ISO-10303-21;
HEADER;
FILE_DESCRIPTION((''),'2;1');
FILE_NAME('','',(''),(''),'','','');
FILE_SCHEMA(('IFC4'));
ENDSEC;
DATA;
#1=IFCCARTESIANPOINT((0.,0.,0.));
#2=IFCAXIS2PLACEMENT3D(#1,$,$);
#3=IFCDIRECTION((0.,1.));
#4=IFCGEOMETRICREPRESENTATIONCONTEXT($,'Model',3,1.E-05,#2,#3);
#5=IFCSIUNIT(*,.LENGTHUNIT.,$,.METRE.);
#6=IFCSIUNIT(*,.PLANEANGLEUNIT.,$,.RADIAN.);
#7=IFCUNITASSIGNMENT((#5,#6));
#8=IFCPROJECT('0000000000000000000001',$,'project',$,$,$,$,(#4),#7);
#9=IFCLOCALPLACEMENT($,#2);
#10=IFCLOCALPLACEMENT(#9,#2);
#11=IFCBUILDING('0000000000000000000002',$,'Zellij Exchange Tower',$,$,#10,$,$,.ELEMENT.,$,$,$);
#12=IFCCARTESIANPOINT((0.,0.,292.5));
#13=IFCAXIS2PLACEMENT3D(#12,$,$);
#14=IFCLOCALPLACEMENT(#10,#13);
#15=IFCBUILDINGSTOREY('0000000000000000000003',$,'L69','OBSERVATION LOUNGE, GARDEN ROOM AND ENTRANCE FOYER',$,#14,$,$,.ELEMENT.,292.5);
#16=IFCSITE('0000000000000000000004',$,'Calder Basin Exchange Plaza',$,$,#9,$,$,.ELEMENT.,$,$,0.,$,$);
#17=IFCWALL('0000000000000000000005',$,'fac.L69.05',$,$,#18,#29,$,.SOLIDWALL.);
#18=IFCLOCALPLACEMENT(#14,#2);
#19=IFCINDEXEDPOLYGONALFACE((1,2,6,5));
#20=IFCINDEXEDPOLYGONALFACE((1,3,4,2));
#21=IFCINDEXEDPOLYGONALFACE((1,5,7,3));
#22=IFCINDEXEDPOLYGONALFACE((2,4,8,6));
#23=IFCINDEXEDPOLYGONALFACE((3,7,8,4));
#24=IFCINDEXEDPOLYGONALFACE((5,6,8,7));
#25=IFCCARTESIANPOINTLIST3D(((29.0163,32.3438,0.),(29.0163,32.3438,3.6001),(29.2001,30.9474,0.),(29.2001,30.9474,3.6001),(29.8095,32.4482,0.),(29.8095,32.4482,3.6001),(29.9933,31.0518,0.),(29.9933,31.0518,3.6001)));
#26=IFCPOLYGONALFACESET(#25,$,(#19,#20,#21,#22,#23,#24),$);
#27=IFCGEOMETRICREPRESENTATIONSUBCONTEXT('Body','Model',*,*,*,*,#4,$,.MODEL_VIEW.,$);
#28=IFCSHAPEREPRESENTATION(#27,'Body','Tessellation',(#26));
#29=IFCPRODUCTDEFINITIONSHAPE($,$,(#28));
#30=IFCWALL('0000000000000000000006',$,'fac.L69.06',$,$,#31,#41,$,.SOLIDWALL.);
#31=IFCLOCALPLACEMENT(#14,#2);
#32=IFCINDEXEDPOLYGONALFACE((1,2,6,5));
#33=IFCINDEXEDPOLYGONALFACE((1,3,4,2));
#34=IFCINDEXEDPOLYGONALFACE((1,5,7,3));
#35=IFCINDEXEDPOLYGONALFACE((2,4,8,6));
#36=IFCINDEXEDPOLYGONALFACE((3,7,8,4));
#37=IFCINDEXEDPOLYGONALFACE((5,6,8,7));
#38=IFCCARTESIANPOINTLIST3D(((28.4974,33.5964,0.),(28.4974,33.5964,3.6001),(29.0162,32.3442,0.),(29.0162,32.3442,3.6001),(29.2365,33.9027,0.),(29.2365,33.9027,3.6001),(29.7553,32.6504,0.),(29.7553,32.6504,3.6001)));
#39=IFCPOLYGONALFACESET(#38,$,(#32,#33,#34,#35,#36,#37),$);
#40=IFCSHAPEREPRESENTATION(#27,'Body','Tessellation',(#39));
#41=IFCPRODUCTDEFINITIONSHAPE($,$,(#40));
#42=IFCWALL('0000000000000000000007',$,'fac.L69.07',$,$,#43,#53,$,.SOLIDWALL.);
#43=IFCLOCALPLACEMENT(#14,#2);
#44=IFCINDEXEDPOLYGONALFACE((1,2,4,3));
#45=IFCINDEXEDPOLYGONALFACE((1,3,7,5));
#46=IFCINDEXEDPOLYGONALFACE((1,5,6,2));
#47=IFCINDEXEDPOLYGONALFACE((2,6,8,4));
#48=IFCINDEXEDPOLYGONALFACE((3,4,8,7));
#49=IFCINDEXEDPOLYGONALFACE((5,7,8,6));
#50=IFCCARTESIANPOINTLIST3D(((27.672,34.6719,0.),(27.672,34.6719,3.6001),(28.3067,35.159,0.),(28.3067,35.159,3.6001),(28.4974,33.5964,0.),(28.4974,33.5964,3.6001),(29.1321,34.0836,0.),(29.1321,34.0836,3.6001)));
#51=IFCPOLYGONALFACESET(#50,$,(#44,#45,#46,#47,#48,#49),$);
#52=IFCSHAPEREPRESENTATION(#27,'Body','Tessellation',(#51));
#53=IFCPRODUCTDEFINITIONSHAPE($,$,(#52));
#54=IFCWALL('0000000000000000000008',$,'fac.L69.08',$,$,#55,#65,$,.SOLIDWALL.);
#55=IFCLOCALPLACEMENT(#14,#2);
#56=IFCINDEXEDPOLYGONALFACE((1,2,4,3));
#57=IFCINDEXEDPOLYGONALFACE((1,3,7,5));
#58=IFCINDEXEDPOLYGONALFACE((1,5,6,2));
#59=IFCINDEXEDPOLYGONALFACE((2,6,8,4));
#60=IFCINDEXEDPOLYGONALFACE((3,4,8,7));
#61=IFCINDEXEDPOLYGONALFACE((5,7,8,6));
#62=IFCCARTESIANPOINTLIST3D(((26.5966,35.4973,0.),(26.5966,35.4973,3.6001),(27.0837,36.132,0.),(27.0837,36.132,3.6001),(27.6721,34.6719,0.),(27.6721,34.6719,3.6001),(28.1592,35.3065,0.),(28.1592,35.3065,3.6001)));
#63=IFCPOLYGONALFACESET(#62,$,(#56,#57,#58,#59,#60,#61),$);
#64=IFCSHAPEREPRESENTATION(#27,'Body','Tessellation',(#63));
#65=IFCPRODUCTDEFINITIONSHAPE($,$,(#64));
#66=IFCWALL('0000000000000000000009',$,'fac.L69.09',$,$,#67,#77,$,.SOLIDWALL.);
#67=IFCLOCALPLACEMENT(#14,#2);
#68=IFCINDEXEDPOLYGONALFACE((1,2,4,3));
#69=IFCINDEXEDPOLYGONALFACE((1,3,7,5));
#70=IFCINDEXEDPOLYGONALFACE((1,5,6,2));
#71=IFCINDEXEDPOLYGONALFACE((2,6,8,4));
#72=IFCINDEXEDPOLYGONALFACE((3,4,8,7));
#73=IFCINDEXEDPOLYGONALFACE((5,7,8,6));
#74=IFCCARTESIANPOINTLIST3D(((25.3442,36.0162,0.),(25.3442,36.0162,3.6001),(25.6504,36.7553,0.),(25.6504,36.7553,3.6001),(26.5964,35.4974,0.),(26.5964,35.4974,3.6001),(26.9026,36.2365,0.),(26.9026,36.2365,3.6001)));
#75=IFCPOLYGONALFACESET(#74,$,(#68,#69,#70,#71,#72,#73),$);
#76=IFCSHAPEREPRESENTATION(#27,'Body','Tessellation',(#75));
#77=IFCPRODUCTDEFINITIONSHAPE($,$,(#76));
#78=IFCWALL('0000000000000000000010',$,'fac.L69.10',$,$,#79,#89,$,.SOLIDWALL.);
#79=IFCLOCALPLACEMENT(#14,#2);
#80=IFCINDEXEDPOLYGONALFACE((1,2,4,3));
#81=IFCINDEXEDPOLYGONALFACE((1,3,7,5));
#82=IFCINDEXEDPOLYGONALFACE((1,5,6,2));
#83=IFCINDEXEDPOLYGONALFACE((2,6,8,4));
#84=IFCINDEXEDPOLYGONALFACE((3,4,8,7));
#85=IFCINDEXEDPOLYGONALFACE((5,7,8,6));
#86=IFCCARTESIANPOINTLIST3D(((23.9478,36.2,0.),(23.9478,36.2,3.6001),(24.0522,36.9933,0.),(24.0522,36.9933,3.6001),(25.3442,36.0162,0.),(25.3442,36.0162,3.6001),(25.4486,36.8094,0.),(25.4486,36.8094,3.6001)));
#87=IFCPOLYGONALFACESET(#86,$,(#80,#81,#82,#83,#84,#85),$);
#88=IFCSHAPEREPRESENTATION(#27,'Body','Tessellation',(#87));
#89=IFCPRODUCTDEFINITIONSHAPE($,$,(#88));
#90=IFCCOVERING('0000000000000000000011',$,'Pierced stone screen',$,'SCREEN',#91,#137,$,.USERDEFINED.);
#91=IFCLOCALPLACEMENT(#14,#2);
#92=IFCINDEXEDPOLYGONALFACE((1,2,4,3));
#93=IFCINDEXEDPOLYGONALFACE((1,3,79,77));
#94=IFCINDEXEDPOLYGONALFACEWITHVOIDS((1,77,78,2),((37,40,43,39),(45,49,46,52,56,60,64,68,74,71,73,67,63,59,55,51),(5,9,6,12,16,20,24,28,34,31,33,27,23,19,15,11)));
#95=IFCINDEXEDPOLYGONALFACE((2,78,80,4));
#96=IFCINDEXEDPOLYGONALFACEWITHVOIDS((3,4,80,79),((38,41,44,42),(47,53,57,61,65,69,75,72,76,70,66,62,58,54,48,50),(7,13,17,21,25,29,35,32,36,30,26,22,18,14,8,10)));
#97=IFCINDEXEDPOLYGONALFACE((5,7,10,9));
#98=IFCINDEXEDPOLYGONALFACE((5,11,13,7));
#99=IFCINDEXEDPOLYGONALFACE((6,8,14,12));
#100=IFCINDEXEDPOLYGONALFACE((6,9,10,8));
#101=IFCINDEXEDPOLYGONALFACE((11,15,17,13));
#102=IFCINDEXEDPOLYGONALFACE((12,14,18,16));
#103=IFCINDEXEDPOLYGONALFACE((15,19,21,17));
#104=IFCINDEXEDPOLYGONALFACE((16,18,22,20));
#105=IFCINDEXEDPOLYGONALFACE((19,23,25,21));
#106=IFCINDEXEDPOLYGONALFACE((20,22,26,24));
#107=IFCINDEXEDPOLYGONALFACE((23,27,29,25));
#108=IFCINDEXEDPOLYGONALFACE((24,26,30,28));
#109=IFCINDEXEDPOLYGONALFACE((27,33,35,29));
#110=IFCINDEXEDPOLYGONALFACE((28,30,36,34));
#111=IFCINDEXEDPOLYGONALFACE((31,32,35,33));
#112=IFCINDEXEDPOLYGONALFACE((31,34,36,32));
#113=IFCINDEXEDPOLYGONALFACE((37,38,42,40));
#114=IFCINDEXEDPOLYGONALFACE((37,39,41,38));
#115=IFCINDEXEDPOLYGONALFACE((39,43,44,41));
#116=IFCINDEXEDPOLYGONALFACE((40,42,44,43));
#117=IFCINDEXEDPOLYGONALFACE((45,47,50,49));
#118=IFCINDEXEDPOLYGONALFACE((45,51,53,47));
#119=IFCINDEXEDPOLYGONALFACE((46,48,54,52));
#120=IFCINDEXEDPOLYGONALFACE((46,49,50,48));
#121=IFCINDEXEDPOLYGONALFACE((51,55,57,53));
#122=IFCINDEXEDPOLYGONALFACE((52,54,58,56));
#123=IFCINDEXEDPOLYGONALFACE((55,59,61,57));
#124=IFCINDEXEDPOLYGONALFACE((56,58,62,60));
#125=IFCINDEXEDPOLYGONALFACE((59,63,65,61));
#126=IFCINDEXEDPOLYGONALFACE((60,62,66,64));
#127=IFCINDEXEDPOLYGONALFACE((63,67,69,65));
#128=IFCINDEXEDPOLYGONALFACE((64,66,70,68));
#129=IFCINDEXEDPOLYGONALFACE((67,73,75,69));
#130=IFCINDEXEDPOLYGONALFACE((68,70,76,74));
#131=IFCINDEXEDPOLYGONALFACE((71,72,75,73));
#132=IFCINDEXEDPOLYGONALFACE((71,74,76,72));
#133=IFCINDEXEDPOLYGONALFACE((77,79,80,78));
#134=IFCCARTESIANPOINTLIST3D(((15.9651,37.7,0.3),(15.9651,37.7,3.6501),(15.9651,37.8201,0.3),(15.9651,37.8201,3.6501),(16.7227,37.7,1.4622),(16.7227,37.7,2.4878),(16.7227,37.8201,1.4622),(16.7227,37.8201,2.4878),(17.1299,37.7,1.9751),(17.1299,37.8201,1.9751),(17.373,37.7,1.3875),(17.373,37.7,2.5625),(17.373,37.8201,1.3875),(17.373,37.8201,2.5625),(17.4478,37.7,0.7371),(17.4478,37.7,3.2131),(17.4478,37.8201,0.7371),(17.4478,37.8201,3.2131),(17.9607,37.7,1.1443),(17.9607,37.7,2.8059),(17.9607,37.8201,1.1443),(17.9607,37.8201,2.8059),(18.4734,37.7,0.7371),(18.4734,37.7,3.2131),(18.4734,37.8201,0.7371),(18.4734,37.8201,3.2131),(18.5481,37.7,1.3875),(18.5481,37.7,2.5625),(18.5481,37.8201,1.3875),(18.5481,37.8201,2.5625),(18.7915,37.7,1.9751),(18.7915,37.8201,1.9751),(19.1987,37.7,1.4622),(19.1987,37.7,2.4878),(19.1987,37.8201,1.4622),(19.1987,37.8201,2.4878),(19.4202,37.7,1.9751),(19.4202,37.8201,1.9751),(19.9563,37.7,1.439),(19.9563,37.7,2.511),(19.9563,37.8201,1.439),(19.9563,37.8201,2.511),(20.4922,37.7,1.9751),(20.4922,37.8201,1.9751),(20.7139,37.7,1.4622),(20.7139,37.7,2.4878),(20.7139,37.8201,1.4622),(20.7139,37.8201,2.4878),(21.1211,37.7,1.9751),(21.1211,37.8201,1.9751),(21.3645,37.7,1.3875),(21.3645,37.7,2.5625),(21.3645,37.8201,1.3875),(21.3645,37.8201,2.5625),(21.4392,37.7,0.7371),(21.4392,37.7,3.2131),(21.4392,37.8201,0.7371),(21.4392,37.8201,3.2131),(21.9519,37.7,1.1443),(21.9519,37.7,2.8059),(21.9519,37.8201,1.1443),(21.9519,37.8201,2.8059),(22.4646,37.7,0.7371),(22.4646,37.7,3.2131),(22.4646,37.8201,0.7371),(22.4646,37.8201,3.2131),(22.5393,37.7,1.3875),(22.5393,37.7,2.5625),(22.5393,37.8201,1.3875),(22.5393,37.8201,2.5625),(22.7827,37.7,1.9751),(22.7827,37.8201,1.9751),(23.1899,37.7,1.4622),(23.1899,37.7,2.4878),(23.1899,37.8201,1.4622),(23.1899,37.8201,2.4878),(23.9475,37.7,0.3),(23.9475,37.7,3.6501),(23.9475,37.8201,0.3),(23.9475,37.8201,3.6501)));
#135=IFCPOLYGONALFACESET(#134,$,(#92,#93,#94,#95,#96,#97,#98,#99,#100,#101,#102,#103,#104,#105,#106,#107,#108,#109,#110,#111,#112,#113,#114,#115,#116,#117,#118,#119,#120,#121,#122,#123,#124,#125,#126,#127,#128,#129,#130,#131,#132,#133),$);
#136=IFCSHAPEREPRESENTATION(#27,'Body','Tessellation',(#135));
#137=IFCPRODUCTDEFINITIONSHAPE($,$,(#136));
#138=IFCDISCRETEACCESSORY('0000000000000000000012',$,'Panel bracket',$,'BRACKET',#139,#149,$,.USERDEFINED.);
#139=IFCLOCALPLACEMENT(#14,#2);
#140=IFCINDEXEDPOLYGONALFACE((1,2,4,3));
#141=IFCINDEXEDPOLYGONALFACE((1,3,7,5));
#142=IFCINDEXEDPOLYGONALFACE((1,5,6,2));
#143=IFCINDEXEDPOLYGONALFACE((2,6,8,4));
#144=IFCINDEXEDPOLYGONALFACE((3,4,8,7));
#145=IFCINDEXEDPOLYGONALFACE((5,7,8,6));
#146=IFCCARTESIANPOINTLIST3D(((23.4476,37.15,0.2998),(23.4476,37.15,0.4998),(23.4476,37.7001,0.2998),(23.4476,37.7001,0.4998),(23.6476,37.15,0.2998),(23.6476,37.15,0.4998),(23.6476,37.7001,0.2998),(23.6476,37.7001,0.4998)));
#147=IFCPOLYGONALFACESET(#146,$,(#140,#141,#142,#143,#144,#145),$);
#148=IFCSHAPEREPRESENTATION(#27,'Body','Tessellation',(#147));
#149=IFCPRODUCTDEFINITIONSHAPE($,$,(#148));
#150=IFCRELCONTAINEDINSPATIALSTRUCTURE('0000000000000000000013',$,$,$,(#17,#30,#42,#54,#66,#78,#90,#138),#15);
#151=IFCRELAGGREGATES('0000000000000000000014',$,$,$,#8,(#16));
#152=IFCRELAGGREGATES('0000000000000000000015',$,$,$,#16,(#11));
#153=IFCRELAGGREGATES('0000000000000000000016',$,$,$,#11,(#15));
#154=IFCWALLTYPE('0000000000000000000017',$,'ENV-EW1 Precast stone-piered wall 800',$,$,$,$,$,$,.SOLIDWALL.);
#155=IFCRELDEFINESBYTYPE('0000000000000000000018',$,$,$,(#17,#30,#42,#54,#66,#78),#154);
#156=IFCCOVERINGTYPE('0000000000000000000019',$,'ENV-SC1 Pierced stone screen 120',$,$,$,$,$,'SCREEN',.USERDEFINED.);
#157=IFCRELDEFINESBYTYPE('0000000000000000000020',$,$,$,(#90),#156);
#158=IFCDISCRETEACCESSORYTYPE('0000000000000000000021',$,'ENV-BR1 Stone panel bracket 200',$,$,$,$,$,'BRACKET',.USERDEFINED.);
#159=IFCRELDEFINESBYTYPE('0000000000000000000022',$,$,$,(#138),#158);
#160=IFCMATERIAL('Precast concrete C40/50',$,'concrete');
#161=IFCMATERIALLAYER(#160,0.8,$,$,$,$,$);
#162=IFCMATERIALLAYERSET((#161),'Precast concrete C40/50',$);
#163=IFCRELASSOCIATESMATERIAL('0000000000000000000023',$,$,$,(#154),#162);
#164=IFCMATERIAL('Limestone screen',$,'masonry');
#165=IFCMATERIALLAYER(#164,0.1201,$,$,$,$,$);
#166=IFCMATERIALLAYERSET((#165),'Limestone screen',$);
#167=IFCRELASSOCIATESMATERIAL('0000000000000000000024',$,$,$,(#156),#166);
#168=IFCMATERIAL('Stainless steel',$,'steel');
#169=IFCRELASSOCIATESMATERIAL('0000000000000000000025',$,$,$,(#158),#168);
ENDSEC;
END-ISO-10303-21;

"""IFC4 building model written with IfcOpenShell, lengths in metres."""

from ifc_helpers import new_model, si_unit, direction, frame, frame_2d, origin, origin_2d, place, context, subcontext, project, spatial, polyline, rectangle, outline, extrude, material, layer, layer_set, type_object, element, save


model = new_model("IFC4")

# Units and contexts
model_context = context("Model", 3, precision=1e-05, world=origin(), true_north=direction((0.0, 1.0)))
body_context = subcontext(model_context, "Body", "Model", "MODEL_VIEW")
ifc_project = project(units=[si_unit("LENGTHUNIT", "METRE"), si_unit("PLANEANGLEUNIT", "RADIAN")], contexts=[model_context])

# Site, building, storey
site_placement = place(None, origin())
site = spatial("IfcSite", under=ifc_project, at=site_placement, Name="Calder Basin Exchange Plaza", CompositionType="ELEMENT", RefElevation=0.0)
building_placement = place(site_placement, origin())
building = spatial("IfcBuilding", under=site, at=building_placement, Name="Zellij Exchange Tower", CompositionType="ELEMENT")
storey_placement = place(building_placement, frame((0.0, 0.0, 292.5)))
storey = spatial("IfcBuildingStorey", under=building, at=storey_placement, Name="L69", Description="OBSERVATION LOUNGE, GARDEN ROOM AND ENTRANCE FOYER", CompositionType="ELEMENT", Elevation=292.5)

# Walls
ifc_material_1 = material(Name="Precast concrete C40/50", Category="concrete")
ifc_layer_1 = layer(ifc_material_1, 0.8)
ifc_layer_set_1 = layer_set([ifc_layer_1], Name="Precast concrete C40/50")
wall_type = type_object("IfcWallType", Name="ENV-EW1 Precast stone-piered wall 800", PredefinedType="SOLIDWALL", material=ifc_layer_set_1)
wall_1_placement = place(storey_placement, frame((29.5967, 30.9998, 0.0), z_axis=(0.0, 0.0, 1.0), x_axis=(-0.130517, 0.991446, 0.0)))
element("IfcWall", 1, at=wall_1_placement, inside=storey, type_object=wall_type, Name="fac.L69.05", PredefinedType="SOLIDWALL", context=body_context, shape_type="SweptSolid", body=[
    extrude(rectangle(XDim=1.4084, YDim=0.8, at=frame_2d((0.7041, 0.0))), origin(), (0.0, 0.0, 1.0), 3.6001),
])
wall_2_placement = place(storey_placement, frame((29.3857, 32.4973, 0.0), z_axis=(0.0, 0.0, 1.0), x_axis=(-0.38276, 0.923848, 0.0)))
element("IfcWall", 2, at=wall_2_placement, inside=storey, type_object=wall_type, Name="fac.L69.06", PredefinedType="SOLIDWALL", context=body_context, shape_type="SweptSolid", body=[
    extrude(rectangle(XDim=1.3555, YDim=0.8, at=frame_2d((0.6777, 0.0))), origin(), (0.0, 0.0, 1.0), 3.6001),
])
for number, where, z_axis, x_axis, name in (
    (3, (28.8147, 33.8401, 0.0), (0.0, 0.0, 1.0), (-0.608866, 0.793273, 0.0), "fac.L69.07"),
    (4, (27.9155, 34.9893, 0.0), (0.0, 0.0, 1.0), (-0.793273, 0.608866, 0.0), "fac.L69.08"),
):
    element("IfcWall", number, at=place(storey_placement, frame(where, z_axis=z_axis, x_axis=x_axis)), inside=storey, type_object=wall_type, Name=name, PredefinedType="SOLIDWALL", context=body_context, shape_type="SweptSolid", body=[
        extrude(rectangle(XDim=1.3557, YDim=0.8, at=frame_2d((0.6777, 0.0))), origin(), (0.0, 0.0, 1.0), 3.6001),
    ])
wall_3_placement = place(storey_placement, frame((26.7495, 35.8669, 0.0), z_axis=(0.0, 0.0, 1.0), x_axis=(-0.923848, 0.38276, 0.0)))
element("IfcWall", 5, at=wall_3_placement, inside=storey, type_object=wall_type, Name="fac.L69.09", PredefinedType="SOLIDWALL", context=body_context, shape_type="SweptSolid", body=[
    extrude(rectangle(XDim=1.3555, YDim=0.8, at=frame_2d((0.6777, 0.0))), origin(), (0.0, 0.0, 1.0), 3.6001),
])
wall_4_placement = place(storey_placement, frame((25.3962, 36.4128, 0.0), z_axis=(0.0, 0.0, 1.0), x_axis=(-0.991446, 0.130517, 0.0)))
element("IfcWall", 6, at=wall_4_placement, inside=storey, type_object=wall_type, Name="fac.L69.10", PredefinedType="SOLIDWALL", context=body_context, shape_type="SweptSolid", body=[
    extrude(rectangle(XDim=1.4084, YDim=0.8, at=frame_2d((0.7041, 0.0))), origin(), (0.0, 0.0, 1.0), 3.6001),
])

# Covering
ifc_material_2 = material(Name="Limestone screen", Category="masonry")
ifc_layer_2 = layer(ifc_material_2, 0.1201)
ifc_layer_set_2 = layer_set([ifc_layer_2], Name="Limestone screen")
covering_type = type_object("IfcCoveringType", Name="ENV-SC1 Pierced stone screen 120", ElementType="SCREEN", PredefinedType="USERDEFINED", material=ifc_layer_set_2)
covering_placement = place(storey_placement, frame((23.9475, 37.76, 0.3), z_axis=(0.0, 0.0, 1.0), x_axis=(-1.0, 0.0, 0.0)))
element("IfcCovering", 7, at=covering_placement, inside=storey, type_object=covering_type, Name="Pierced stone screen", ObjectType="SCREEN", PredefinedType="USERDEFINED", context=body_context, shape_type="SweptSolid", body=[
    extrude(outline(polyline([(0.0, 0.0), (7.9824, 0.0), (7.9824, 3.3501), (0.0, 3.3501), (0.0, 0.0)]), holes=[polyline([(3.2336, 2.1877), (2.583, 2.2625), (2.5083, 2.9131), (1.9956, 2.5059), (1.4829, 2.9131), (1.4082, 2.2625), (0.7576, 2.1877), (1.1648, 1.675), (0.7576, 1.1621), (1.4082, 1.0874), (1.4829, 0.437), (1.9956, 0.8442), (2.5083, 0.437), (2.583, 1.0874), (3.2336, 1.1621), (2.8264, 1.675), (3.2336, 2.1877)]), polyline([(7.2249, 2.1877), (6.5745, 2.2625), (6.4998, 2.9131), (5.9868, 2.5059), (5.4741, 2.9131), (5.3994, 2.2625), (4.7488, 2.1877), (5.156, 1.675), (4.7488, 1.1621), (5.3994, 1.0874), (5.4741, 0.437), (5.9868, 0.8442), (6.4998, 0.437), (6.5745, 1.0874), (7.2249, 1.1621), (6.8176, 1.675), (7.2249, 2.1877)]), polyline([(4.5273, 1.675), (3.9912, 2.2109), (3.4553, 1.675), (3.9912, 1.1389), (4.5273, 1.675)])]), frame((0.0, 0.0601, 0.0), z_axis=(0.0, -1.0, 0.0), x_axis=(1.0, 0.0, 0.0)), (0.0, 0.0, 1.0), 0.1201),
])

# Discrete accessory
ifc_material_3 = material(Name="Stainless steel", Category="steel")
discrete_accessory_type = type_object("IfcDiscreteAccessoryType", Name="ENV-BR1 Stone panel bracket 200", ElementType="BRACKET", PredefinedType="USERDEFINED", material=ifc_material_3)
discrete_accessory_placement = place(storey_placement, frame((23.5476, 37.425, 0.2998), z_axis=(0.0, 0.0, 1.0), x_axis=(-1.0, 0.0, 0.0)))
element("IfcDiscreteAccessory", 8, at=discrete_accessory_placement, inside=storey, type_object=discrete_accessory_type, Name="Panel bracket", ObjectType="BRACKET", PredefinedType="USERDEFINED", context=body_context, shape_type="SweptSolid", body=[
    extrude(rectangle(XDim=0.2, YDim=0.55, at=origin_2d()), origin(), (0.0, 0.0, 1.0), 0.2),
])

save(model, "model.ifc")
